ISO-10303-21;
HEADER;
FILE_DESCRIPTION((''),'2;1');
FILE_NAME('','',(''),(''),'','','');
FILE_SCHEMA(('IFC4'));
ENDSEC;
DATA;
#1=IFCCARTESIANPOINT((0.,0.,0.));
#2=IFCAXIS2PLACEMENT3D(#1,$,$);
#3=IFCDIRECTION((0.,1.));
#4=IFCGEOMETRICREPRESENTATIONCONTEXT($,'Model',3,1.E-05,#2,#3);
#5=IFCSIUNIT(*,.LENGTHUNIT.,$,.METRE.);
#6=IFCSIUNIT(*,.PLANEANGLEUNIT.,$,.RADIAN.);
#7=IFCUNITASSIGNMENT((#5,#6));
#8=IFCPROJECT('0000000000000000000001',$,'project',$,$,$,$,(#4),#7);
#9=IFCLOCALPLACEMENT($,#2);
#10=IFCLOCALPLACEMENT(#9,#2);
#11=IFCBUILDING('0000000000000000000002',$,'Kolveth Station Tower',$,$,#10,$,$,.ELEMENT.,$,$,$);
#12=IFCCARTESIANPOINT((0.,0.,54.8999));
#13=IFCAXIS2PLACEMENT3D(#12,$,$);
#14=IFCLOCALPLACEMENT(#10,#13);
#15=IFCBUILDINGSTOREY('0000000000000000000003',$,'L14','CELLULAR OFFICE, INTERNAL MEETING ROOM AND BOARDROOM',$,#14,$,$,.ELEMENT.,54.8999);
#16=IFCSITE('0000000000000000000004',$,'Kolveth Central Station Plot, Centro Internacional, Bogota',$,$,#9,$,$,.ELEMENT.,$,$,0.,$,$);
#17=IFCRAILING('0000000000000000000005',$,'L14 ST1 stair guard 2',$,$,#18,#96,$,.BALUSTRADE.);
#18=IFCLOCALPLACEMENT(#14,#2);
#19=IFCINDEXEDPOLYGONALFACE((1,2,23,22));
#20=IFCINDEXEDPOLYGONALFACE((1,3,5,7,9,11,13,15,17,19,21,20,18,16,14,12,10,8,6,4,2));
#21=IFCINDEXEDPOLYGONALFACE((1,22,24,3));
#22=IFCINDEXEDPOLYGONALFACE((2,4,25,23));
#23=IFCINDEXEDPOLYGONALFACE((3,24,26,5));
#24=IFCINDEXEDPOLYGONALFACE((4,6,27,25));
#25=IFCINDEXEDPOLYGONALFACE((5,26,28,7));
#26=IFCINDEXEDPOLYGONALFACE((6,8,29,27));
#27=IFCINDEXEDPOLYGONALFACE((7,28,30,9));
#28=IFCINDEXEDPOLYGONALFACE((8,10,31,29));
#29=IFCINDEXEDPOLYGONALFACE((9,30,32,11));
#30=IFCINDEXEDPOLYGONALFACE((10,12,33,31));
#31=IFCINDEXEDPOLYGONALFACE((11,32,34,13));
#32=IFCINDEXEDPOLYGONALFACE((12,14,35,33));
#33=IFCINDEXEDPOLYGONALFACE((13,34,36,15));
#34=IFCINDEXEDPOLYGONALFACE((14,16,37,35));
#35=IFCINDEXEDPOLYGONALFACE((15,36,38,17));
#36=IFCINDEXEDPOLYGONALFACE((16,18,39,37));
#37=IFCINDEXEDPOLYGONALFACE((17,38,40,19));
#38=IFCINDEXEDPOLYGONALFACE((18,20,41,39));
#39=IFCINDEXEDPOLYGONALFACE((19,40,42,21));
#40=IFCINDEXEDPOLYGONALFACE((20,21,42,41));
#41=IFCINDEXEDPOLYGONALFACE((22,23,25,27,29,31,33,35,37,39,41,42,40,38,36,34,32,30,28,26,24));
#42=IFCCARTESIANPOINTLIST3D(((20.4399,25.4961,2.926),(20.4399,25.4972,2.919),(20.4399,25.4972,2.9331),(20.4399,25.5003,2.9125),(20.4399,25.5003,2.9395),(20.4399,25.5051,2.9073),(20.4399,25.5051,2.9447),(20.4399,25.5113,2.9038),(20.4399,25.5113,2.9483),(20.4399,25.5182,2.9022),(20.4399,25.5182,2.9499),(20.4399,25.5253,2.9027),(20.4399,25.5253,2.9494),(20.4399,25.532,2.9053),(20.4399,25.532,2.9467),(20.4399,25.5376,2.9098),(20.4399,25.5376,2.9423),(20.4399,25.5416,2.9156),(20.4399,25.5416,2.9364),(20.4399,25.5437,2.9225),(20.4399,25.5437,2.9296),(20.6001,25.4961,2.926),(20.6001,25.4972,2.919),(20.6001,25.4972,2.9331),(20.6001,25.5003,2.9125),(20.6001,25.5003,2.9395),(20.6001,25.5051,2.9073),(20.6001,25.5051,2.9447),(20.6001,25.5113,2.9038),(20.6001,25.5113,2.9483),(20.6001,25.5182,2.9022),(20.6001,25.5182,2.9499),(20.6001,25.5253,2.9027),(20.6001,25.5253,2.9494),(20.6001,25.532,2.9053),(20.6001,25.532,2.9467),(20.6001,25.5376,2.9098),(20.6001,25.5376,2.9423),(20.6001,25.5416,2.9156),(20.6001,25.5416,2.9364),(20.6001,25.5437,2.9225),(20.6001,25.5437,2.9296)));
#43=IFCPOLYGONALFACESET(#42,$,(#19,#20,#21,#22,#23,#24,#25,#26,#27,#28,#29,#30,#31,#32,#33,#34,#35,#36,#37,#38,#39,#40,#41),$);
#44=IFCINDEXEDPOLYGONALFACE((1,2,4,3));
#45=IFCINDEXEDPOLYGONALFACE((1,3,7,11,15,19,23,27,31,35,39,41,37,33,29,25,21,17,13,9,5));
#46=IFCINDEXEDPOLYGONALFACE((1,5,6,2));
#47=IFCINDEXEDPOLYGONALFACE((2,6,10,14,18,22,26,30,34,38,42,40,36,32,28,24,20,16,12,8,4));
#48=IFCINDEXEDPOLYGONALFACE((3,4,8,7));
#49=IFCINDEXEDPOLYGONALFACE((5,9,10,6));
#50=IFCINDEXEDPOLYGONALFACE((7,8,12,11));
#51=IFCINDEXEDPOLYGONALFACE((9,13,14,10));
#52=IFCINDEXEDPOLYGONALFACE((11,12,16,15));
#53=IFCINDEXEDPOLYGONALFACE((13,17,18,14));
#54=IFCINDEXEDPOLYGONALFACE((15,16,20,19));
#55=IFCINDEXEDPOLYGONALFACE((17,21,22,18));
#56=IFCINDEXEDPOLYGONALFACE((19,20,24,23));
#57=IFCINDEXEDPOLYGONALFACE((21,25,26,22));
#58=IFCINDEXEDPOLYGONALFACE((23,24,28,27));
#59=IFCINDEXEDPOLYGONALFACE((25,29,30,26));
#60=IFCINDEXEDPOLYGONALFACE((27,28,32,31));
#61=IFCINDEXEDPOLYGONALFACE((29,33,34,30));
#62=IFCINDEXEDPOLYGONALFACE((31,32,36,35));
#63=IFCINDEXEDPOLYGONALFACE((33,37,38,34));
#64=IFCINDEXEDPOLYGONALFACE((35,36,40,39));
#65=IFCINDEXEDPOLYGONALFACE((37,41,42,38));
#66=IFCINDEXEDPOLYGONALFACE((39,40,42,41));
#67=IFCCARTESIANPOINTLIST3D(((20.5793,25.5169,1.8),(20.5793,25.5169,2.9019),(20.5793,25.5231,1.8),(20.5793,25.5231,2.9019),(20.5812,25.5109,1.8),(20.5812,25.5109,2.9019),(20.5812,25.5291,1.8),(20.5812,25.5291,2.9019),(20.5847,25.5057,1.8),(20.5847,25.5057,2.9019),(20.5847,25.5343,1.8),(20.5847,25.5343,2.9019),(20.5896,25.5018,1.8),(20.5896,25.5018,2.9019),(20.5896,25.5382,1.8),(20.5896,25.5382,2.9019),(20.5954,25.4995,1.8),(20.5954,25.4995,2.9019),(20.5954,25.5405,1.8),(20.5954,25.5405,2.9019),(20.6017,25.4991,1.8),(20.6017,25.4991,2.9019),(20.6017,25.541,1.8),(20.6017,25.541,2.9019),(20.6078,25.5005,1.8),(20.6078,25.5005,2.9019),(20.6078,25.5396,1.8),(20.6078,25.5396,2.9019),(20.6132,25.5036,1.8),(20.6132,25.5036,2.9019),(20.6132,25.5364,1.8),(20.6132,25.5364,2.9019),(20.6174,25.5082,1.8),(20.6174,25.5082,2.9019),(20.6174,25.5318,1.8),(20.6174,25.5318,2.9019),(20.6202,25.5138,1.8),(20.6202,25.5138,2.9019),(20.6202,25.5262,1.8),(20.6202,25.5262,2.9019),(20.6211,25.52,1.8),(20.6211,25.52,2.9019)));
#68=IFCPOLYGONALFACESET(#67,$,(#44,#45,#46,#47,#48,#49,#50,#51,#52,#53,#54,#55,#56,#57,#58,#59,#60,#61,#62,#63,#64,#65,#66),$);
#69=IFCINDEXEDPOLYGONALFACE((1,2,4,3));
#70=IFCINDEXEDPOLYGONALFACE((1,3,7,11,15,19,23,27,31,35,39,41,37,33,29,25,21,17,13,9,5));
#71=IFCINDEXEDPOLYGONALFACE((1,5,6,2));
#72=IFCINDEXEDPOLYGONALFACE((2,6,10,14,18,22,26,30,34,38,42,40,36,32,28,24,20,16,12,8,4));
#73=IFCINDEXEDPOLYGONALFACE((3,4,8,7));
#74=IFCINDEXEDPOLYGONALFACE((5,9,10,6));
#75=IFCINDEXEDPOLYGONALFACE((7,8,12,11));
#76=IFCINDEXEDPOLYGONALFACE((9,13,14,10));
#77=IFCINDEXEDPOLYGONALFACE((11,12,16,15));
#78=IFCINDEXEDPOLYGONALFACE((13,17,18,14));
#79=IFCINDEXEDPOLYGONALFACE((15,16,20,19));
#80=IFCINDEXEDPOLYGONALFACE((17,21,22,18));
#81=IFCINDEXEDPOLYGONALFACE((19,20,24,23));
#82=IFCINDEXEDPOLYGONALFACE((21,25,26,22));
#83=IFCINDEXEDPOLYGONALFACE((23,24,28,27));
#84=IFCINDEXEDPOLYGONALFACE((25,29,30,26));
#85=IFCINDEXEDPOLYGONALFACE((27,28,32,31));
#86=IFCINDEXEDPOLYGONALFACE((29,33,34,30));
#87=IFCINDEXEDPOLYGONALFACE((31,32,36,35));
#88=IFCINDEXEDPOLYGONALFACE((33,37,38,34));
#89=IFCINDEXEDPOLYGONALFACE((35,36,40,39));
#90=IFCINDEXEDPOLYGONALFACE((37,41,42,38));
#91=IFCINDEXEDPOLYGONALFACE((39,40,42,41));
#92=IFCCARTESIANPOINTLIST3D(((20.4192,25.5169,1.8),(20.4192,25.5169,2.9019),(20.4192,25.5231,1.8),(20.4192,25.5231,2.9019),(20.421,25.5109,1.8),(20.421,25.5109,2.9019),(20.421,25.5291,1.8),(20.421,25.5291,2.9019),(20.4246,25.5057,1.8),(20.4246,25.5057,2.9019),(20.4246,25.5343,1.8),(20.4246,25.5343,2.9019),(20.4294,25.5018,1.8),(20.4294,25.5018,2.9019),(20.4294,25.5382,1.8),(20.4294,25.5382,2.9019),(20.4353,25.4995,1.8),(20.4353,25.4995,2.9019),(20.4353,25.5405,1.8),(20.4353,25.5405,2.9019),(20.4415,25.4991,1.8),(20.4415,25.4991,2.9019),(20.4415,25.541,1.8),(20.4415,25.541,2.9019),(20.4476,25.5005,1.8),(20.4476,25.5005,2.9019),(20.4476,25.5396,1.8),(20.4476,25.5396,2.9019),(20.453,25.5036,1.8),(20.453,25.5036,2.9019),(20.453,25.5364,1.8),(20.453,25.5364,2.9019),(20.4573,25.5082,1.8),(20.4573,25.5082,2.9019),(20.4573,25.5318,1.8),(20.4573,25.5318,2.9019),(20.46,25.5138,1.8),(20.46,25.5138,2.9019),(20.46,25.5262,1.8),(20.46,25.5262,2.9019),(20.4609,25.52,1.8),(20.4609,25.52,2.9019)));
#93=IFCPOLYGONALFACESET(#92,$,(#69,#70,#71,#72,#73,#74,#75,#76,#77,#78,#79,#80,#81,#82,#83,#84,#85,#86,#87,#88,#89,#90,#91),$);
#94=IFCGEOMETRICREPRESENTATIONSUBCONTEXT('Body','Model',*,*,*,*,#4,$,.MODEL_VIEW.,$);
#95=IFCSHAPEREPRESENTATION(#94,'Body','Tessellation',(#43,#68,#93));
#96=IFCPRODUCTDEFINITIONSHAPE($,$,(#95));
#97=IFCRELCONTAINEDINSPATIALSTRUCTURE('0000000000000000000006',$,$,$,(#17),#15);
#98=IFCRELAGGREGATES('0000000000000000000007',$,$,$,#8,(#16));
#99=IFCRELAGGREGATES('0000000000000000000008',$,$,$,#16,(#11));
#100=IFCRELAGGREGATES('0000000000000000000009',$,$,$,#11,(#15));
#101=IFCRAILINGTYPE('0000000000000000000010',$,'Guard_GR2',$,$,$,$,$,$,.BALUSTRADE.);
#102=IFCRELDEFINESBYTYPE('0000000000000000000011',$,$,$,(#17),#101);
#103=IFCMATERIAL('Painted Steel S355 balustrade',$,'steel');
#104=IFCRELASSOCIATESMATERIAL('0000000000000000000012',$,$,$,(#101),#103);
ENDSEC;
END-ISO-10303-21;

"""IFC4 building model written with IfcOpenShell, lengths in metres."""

from ifc_helpers import new_model, si_unit, direction, frame, origin, origin_2d, place, context, subcontext, project, spatial, circle, extrude, material, type_object, element, save


model = new_model("IFC4")

# Units and contexts
model_context = context("Model", 3, precision=1e-05, world=origin(), true_north=direction((0.0, 1.0)))
body_context = subcontext(model_context, "Body", "Model", "MODEL_VIEW")
ifc_project = project(units=[si_unit("LENGTHUNIT", "METRE"), si_unit("PLANEANGLEUNIT", "RADIAN")], contexts=[model_context])

# Site, building, storey
site_placement = place(None, origin())
site = spatial("IfcSite", under=ifc_project, at=site_placement, Name="Kolveth Central Station Plot, Centro Internacional, Bogota", CompositionType="ELEMENT", RefElevation=0.0)
building_placement = place(site_placement, origin())
building = spatial("IfcBuilding", under=site, at=building_placement, Name="Kolveth Station Tower", CompositionType="ELEMENT")
storey_placement = place(building_placement, frame((0.0, 0.0, 54.8999)))
storey = spatial("IfcBuildingStorey", under=building, at=storey_placement, Name="L14", Description="CELLULAR OFFICE, INTERNAL MEETING ROOM AND BOARDROOM", CompositionType="ELEMENT", Elevation=54.8999)

# Railing
ifc_material_1 = material(Name="Painted Steel S355 balustrade", Category="steel")
railing_type_1 = type_object("IfcRailingType", Name="Guard_GR2", PredefinedType="BALUSTRADE", material=ifc_material_1)
railing_1_placement = place(storey_placement, frame((20.6001, 25.52, 1.8)))
element("IfcRailing", 1, at=railing_1_placement, inside=storey, type_object=railing_type_1, Name="L14 ST1 stair guard 2", PredefinedType="BALUSTRADE", context=body_context, shape_type="SweptSolid", body=[
    extrude(circle(Radius=0.0239, at=origin_2d()), frame((0.0, 0.0, 1.126), z_axis=(-1.0, 0.0, 0.0), x_axis=(0.0, -1.0, 0.0)), (0.0, 0.0, 1.0), 0.1602),
    extrude(circle(Radius=0.021, at=origin_2d()), origin(), (0.0, 0.0, 1.0), 1.1018),
    extrude(circle(Radius=0.021, at=origin_2d()), frame((-0.1602, 0.0, 0.0)), (0.0, 0.0, 1.0), 1.1018),
])

save(model, "model.ifc")
